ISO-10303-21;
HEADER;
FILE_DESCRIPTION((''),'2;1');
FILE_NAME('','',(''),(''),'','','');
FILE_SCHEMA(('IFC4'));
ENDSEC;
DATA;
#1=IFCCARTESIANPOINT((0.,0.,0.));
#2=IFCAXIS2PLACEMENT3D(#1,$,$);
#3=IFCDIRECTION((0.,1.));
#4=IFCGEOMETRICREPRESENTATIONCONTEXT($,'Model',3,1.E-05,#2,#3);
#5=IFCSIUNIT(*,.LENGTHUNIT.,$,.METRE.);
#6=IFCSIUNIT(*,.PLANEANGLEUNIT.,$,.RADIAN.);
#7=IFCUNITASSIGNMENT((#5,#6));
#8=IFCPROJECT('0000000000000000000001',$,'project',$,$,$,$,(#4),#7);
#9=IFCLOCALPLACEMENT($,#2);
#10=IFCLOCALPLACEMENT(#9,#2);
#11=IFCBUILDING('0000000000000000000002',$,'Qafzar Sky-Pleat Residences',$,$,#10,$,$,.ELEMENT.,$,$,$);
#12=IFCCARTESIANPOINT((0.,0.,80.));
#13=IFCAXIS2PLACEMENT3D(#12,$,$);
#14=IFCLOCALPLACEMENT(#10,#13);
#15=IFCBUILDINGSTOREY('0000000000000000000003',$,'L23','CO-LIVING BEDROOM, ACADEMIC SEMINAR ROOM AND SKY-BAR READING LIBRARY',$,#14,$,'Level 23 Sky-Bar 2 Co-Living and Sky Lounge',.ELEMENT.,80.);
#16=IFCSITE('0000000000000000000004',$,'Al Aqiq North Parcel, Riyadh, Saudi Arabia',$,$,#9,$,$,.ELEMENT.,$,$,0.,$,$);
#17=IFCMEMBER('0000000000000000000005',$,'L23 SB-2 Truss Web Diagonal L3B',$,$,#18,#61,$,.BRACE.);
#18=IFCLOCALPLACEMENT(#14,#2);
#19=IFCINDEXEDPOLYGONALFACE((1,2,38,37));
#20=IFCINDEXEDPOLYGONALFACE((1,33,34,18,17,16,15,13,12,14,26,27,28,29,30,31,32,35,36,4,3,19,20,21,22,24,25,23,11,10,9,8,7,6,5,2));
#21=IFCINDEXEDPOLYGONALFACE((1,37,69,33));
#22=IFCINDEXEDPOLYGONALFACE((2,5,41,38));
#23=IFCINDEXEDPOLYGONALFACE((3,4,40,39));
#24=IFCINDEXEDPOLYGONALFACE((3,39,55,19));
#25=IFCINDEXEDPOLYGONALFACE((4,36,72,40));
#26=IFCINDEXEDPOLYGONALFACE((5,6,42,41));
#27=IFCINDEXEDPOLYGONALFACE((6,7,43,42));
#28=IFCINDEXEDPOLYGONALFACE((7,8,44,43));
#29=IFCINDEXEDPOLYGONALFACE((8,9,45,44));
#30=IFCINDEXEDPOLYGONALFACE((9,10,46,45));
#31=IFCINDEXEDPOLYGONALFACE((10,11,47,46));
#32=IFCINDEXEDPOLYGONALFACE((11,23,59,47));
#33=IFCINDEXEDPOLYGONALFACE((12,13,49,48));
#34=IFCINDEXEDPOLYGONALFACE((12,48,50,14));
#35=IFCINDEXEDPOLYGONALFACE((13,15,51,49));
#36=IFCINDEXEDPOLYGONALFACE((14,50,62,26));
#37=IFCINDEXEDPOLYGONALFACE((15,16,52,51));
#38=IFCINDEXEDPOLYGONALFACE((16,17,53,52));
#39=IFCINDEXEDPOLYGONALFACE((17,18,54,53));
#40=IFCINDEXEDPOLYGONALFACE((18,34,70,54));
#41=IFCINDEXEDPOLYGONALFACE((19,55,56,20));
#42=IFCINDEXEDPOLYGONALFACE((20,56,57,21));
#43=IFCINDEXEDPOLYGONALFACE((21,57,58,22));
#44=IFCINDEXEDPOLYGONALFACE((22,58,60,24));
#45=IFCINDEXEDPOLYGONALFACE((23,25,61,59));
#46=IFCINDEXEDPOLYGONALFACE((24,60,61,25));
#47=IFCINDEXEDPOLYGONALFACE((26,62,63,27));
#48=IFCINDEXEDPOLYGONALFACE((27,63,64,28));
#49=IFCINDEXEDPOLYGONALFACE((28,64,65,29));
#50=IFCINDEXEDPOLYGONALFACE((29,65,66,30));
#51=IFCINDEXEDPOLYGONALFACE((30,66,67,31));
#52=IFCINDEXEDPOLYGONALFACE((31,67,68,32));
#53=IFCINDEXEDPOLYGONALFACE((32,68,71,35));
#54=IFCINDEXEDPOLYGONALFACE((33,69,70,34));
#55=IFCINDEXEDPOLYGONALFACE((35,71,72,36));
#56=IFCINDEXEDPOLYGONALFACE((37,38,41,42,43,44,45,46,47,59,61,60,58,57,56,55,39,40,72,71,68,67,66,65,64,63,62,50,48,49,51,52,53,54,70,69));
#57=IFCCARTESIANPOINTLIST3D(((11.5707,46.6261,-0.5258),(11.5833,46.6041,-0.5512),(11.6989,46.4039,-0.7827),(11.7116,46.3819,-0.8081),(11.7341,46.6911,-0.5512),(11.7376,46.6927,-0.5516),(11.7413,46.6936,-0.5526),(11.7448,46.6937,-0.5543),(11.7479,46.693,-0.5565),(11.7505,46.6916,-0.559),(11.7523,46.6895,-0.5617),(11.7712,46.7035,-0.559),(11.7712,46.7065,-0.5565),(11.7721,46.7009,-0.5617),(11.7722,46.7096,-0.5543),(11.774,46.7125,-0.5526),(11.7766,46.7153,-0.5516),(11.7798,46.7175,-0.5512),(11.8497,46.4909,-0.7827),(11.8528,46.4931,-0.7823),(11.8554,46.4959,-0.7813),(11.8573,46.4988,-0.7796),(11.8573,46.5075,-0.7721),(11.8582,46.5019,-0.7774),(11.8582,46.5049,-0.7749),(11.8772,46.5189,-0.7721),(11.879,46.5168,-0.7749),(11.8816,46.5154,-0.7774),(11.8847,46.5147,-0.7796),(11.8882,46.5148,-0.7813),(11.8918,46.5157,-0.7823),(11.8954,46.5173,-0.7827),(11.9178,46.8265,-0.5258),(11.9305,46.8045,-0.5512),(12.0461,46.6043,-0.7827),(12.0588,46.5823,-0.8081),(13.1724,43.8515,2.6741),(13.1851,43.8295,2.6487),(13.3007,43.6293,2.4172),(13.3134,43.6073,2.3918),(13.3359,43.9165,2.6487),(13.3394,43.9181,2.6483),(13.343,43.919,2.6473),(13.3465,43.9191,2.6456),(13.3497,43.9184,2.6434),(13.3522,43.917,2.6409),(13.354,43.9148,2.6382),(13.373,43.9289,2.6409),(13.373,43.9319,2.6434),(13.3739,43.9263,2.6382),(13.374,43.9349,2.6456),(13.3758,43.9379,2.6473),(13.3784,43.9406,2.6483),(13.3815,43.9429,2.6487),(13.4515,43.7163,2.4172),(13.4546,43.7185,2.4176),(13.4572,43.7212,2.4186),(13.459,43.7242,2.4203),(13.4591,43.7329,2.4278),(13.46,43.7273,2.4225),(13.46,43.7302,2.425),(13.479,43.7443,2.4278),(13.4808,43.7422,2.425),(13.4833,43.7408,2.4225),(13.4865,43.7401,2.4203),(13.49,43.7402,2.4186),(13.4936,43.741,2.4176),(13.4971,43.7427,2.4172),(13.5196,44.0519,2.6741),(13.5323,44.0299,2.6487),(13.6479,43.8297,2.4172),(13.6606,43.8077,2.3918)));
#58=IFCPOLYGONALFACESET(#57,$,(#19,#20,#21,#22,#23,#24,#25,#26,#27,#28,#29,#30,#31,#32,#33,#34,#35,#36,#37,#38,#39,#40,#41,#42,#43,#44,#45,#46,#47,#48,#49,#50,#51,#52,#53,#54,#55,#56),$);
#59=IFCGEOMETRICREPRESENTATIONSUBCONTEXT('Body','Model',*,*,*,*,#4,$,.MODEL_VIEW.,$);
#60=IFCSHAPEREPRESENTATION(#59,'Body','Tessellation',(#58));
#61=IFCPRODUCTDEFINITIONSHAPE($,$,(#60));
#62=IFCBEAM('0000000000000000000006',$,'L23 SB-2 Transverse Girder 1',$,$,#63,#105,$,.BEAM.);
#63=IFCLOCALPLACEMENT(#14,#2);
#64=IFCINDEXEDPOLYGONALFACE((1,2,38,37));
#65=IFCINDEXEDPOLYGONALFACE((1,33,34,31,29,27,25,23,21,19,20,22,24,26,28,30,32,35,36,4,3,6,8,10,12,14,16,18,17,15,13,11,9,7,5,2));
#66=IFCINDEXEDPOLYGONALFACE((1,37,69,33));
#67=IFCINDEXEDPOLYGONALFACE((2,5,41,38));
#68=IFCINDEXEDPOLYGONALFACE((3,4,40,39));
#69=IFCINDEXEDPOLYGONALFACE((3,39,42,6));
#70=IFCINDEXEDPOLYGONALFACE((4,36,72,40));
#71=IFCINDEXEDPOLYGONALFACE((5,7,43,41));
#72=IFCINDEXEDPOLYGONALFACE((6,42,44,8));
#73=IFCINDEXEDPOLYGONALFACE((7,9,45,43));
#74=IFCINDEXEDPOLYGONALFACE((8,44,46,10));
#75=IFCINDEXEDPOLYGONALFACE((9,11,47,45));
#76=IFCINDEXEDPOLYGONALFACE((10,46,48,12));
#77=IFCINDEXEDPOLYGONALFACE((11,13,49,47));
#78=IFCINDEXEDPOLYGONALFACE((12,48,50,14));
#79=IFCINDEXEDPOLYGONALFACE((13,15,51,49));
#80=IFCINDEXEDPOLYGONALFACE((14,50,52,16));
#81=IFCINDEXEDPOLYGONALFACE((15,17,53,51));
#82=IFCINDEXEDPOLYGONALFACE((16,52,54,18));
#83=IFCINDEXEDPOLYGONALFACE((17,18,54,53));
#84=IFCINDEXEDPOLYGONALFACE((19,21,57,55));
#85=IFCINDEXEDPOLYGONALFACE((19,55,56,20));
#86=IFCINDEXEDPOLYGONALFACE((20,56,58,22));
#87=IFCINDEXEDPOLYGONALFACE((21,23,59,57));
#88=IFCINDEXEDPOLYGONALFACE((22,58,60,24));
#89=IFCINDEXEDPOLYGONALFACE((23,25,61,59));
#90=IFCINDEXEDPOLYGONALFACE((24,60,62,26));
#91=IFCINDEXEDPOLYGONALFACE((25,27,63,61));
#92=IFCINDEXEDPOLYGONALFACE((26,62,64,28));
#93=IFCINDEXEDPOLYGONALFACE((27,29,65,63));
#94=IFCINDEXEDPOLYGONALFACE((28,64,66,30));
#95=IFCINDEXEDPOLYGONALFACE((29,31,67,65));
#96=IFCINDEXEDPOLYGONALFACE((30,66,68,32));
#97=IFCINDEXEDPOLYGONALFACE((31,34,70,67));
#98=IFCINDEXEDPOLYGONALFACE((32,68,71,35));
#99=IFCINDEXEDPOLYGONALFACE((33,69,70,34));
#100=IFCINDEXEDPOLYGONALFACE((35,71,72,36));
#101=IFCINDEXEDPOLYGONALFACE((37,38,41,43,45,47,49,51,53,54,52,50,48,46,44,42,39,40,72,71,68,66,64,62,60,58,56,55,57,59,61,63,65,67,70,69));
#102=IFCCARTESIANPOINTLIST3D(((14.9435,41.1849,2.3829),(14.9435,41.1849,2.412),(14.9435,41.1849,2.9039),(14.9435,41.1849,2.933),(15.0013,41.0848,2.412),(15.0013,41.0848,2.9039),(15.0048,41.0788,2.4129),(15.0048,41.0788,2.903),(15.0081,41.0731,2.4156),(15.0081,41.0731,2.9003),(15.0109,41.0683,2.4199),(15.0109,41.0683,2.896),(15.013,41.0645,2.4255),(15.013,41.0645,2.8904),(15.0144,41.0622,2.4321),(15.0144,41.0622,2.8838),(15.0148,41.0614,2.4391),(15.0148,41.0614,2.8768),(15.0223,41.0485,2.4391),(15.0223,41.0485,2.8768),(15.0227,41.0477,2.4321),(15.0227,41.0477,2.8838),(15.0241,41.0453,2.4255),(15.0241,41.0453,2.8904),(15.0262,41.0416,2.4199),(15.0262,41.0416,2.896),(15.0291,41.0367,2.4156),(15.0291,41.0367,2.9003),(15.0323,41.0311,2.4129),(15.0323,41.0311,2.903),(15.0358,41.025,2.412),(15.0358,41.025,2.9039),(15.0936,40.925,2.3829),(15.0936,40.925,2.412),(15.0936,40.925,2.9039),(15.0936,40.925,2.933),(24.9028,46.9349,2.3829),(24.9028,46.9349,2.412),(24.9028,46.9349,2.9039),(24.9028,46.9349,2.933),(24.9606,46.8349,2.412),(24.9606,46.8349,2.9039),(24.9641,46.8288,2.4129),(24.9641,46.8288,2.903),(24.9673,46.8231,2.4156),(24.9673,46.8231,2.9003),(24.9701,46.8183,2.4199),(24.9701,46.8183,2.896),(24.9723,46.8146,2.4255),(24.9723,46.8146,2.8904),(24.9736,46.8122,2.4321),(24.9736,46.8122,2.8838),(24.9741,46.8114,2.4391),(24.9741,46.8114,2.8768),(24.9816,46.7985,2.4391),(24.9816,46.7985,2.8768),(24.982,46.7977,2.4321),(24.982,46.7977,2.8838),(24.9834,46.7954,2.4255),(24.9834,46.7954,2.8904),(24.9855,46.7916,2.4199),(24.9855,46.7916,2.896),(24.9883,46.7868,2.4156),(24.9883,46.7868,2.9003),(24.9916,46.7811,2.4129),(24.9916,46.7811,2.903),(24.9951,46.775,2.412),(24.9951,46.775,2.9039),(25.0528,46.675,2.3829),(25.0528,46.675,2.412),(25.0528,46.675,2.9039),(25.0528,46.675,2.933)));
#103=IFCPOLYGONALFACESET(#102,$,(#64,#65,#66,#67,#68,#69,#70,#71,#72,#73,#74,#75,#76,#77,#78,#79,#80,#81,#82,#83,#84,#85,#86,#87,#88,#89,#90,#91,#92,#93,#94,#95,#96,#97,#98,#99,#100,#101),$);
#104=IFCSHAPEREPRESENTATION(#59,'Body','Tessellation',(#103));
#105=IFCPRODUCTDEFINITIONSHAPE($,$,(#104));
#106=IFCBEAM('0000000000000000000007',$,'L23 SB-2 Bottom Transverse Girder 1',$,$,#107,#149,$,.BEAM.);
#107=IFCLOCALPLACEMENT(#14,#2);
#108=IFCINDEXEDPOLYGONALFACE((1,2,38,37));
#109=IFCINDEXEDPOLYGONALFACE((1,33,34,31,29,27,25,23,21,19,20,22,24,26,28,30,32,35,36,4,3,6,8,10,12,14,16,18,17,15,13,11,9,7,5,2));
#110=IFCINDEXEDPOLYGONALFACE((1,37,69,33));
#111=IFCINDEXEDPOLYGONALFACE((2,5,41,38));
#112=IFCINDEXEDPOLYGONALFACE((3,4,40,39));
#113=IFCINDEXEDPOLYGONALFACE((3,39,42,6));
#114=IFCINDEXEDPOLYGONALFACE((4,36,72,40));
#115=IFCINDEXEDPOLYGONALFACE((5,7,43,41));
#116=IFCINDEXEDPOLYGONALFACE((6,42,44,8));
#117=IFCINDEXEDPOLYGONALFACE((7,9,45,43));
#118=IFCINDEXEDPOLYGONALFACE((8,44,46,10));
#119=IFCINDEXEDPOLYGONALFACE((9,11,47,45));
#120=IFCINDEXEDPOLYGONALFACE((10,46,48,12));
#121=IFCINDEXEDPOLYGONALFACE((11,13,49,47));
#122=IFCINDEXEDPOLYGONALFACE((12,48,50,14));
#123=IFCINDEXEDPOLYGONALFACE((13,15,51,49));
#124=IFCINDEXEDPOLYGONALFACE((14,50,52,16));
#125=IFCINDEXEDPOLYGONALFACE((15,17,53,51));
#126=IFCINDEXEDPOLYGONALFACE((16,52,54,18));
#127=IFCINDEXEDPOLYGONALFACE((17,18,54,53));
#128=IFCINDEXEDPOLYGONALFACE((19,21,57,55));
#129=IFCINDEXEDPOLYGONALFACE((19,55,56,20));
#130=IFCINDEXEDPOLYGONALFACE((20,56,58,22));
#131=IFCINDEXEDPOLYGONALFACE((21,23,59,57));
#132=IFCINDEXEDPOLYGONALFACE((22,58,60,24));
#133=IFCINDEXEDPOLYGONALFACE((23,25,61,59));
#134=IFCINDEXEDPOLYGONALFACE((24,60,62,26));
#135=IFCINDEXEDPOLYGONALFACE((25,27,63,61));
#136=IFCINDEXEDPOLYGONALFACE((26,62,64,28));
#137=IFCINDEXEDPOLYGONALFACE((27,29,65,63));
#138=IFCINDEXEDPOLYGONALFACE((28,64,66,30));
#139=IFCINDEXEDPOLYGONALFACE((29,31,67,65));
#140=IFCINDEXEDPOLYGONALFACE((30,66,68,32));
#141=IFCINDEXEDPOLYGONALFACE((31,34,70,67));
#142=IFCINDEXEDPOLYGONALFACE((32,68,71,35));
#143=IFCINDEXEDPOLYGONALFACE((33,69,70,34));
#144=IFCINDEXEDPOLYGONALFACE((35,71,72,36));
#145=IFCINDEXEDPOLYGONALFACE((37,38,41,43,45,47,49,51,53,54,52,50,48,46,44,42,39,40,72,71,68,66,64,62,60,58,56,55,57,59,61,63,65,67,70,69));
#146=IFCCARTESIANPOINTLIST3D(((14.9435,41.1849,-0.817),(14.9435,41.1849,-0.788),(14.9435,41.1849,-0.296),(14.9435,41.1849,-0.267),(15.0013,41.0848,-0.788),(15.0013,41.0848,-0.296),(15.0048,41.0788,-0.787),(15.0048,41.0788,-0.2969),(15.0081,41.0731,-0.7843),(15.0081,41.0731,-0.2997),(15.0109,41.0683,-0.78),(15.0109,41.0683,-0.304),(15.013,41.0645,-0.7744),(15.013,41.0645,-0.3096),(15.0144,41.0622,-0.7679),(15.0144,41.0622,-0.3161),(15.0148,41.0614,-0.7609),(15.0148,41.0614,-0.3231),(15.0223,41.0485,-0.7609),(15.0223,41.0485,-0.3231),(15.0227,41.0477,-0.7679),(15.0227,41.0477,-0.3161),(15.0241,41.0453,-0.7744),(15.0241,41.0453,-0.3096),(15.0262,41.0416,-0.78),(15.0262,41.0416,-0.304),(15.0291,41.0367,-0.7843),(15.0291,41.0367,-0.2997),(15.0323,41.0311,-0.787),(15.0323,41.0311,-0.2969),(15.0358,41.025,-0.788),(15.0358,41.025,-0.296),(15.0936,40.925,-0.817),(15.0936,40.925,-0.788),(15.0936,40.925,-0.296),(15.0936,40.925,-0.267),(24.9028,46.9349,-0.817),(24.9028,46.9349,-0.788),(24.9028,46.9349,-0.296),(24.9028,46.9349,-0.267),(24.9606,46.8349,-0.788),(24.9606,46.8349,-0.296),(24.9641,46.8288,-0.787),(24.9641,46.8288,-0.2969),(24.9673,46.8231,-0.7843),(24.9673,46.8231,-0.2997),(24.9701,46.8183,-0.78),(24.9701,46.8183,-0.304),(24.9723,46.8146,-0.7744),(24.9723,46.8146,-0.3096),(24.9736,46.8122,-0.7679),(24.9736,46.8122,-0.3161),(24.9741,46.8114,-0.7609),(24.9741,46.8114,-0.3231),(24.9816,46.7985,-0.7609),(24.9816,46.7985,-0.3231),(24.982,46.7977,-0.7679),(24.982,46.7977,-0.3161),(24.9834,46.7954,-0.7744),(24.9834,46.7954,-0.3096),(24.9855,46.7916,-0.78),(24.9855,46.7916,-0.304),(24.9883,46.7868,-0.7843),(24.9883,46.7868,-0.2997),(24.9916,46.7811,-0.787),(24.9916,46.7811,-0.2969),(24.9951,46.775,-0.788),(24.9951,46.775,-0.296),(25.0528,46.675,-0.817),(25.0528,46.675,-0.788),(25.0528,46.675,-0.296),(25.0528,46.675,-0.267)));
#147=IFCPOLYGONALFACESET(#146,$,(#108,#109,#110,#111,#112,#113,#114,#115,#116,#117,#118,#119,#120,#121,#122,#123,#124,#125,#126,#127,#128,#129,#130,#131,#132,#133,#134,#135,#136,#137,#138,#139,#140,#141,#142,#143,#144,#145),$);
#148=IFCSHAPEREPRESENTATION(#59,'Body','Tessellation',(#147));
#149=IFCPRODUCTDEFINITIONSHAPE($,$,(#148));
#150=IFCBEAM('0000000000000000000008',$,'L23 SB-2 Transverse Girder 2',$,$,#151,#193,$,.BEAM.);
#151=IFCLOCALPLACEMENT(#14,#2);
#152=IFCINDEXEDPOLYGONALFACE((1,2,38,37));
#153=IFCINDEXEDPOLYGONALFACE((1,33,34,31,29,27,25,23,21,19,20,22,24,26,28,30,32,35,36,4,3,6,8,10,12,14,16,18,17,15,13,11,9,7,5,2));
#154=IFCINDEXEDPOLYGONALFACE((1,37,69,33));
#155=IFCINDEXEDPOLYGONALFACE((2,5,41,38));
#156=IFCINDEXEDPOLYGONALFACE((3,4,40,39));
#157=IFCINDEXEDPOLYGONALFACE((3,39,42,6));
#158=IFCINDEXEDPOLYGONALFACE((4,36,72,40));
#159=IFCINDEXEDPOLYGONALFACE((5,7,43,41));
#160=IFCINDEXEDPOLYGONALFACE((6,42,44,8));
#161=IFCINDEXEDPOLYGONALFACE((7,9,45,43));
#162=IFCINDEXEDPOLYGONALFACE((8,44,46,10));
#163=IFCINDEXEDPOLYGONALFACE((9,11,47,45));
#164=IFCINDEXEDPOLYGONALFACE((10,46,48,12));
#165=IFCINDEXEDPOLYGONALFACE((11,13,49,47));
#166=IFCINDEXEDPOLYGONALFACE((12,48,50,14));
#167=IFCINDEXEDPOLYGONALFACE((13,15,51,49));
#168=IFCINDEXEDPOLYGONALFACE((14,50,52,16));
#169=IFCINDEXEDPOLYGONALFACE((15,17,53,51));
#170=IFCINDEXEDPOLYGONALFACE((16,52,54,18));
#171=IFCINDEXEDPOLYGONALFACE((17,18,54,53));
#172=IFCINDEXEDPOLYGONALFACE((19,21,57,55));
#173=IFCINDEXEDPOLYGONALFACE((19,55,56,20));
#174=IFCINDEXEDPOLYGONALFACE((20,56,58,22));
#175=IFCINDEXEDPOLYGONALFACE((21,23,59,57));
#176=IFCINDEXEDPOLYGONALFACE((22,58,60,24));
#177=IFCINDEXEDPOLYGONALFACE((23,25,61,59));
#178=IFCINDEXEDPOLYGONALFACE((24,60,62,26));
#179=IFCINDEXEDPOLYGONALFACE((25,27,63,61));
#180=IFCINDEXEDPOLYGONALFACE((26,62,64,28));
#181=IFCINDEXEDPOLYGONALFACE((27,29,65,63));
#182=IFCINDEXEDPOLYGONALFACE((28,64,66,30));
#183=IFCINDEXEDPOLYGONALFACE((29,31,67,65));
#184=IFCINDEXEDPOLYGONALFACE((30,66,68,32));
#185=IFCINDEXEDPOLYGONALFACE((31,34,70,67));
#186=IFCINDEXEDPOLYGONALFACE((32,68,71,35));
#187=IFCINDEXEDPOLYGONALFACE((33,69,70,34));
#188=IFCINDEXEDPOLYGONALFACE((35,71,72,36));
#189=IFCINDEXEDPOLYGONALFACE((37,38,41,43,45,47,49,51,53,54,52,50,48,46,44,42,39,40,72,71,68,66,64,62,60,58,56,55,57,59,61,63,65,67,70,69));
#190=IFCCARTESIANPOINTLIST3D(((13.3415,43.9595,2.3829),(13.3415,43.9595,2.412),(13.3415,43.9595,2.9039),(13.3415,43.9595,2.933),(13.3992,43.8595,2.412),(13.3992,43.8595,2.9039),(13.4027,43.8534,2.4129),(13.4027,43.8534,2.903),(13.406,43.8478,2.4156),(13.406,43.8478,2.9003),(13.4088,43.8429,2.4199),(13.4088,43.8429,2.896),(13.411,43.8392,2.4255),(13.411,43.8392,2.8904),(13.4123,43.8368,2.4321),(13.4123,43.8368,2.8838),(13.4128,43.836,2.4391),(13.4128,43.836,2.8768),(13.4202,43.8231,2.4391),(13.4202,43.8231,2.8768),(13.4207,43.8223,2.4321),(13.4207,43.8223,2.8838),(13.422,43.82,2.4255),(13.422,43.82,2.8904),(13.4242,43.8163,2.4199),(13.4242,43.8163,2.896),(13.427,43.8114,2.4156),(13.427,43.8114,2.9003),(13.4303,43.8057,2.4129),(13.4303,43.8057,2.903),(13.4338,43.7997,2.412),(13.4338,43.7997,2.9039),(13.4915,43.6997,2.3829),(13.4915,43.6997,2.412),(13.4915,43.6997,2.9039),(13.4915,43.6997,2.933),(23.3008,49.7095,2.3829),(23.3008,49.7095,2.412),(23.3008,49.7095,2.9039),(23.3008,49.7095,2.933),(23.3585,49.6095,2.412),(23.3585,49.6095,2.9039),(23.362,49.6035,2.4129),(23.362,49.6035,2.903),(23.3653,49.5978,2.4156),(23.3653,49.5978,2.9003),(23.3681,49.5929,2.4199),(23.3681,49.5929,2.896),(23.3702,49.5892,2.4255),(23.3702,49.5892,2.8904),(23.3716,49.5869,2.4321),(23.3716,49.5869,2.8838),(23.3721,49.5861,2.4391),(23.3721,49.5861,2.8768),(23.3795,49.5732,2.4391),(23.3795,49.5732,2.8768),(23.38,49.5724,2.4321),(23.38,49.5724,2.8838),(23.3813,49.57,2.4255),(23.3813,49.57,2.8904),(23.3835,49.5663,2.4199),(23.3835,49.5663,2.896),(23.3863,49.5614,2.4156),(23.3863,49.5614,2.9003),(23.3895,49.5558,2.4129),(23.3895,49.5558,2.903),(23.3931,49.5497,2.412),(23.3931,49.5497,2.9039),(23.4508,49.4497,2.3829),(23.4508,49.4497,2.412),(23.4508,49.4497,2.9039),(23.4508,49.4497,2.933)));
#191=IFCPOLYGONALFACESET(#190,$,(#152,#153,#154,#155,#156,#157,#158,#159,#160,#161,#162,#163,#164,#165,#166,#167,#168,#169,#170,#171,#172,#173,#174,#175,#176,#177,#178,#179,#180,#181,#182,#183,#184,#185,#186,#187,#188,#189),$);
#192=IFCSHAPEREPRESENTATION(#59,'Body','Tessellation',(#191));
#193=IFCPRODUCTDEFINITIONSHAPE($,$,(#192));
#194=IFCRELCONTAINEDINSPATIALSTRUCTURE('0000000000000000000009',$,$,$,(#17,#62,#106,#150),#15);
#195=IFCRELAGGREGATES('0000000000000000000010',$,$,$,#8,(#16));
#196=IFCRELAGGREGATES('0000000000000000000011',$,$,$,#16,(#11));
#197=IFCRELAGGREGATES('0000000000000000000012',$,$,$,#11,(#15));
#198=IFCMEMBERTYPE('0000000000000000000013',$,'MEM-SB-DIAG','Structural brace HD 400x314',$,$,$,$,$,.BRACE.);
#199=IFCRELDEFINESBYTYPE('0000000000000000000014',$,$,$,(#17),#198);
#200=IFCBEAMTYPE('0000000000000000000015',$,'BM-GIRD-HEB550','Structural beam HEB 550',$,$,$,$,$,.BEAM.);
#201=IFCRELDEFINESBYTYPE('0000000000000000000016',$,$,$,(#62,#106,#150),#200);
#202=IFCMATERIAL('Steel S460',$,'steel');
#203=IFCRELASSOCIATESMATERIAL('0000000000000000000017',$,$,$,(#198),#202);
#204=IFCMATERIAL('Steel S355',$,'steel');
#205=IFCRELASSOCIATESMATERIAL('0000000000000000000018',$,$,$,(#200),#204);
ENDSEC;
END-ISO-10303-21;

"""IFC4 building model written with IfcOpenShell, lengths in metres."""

from ifc_helpers import new_model, si_unit, direction, frame, origin, origin_2d, place, context, subcontext, project, spatial, i_section, extrude, source, transform, mapped, material, material_profile, profile_set, type_object, element, save


model = new_model("IFC4")

# Units and contexts
model_context = context("Model", 3, precision=1e-05, world=origin(), true_north=direction((0.0, 1.0)))
body_context = subcontext(model_context, "Body", "Model", "MODEL_VIEW")
ifc_project = project(units=[si_unit("LENGTHUNIT", "METRE"), si_unit("PLANEANGLEUNIT", "RADIAN")], contexts=[model_context])

# Site, building, storey
site_placement = place(None, origin())
site = spatial("IfcSite", under=ifc_project, at=site_placement, Name="Al Aqiq North Parcel, Riyadh, Saudi Arabia", CompositionType="ELEMENT", RefElevation=0.0)
building_placement = place(site_placement, origin())
building = spatial("IfcBuilding", under=site, at=building_placement, Name="Qafzar Sky-Pleat Residences", CompositionType="ELEMENT")
storey_placement = place(building_placement, frame((0.0, 0.0, 80.0)))
storey = spatial("IfcBuildingStorey", under=building, at=storey_placement, Name="L23", Description="CO-LIVING BEDROOM, ACADEMIC SEMINAR ROOM AND SKY-BAR READING LIBRARY", LongName="Level 23 Sky-Bar 2 Co-Living and Sky Lounge", CompositionType="ELEMENT", Elevation=80.0)

# Shared definitions
ifc_material_1 = material(Name="Steel S355", Category="steel")
ifc_material_2 = material(Name="Steel S460", Category="steel")

# Member
ifc_material_profile_1 = material_profile(ifc_material_2, i_section(OverallWidth=0.4009, OverallDepth=0.3989, WebThickness=0.0229, FlangeThickness=0.0359, FilletRadius=0.0149, at=origin_2d()), Name="HD 400x314")
ifc_profile_set_1 = profile_set([ifc_material_profile_1], Name="Steel S460")
member_type = type_object("IfcMemberType", Name="MEM-SB-DIAG", Description="Structural brace HD 400x314", PredefinedType="BRACE", material=ifc_profile_set_1)
shared_shape_1 = source(origin(), body_context, "Body", "SweptSolid", [
    extrude(i_section(OverallWidth=0.4009, OverallDepth=0.3989, WebThickness=0.0229, FlangeThickness=0.0359, FilletRadius=0.0149, at=origin_2d()), origin(), (0.0, 0.0, 1.0), 4.5281),
])
for number, where, z_axis, x_axis, name in (
    (1, (13.4165, 43.8296, 2.533), (-0.353744, 0.612757, -0.706679), (-0.866045, -0.499967, 0.0), "L23 SB-2 Truss Web Diagonal L3B"),
):
    element("IfcMember", number, at=place(storey_placement, frame(where, z_axis=z_axis, x_axis=x_axis)), inside=storey, type_object=member_type, Name=name, PredefinedType="BRACE", context=body_context, shape_type="MappedRepresentation", body=[
        mapped(shared_shape_1, transform((0.0, 0.0, 0.0), x_axis=(1.0, 0.0, 0.0), y_axis=(0.0, 1.0, 0.0), z_axis=(0.0, 0.0, 1.0), scale=1.0)),
    ])

# Beams
ifc_material_profile_2 = material_profile(ifc_material_1, i_section(OverallWidth=0.3, OverallDepth=0.55, WebThickness=0.0149, FlangeThickness=0.0291, FilletRadius=0.0271, at=origin_2d()), Name="HEB 550")
ifc_profile_set_2 = profile_set([ifc_material_profile_2], Name="Steel S355")
beam_type_1 = type_object("IfcBeamType", Name="BM-GIRD-HEB550", Description="Structural beam HEB 550", PredefinedType="BEAM", material=ifc_profile_set_2)
shared_shape_2 = source(origin(), body_context, "Body", "SweptSolid", [
    extrude(i_section(OverallWidth=0.3, OverallDepth=0.55, WebThickness=0.0149, FlangeThickness=0.0291, FilletRadius=0.0271, at=origin_2d()), origin(), (0.0, 0.0, 1.0), 11.5),
])
for number, where, z_axis, x_axis, name in (
    (2, (15.0186, 41.0549, 2.658), (0.866024, 0.500002, 0.0), (-0.500002, 0.866024, 0.0), "L23 SB-2 Transverse Girder 1"),
    (3, (15.0186, 41.0549, -0.542), (0.866024, 0.500002, 0.0), (-0.500002, 0.866024, 0.0), "L23 SB-2 Bottom Transverse Girder 1"),
    (4, (13.4165, 43.8296, 2.658), (0.866024, 0.500002, 0.0), (-0.500002, 0.866024, 0.0), "L23 SB-2 Transverse Girder 2"),
):
    element("IfcBeam", number, at=place(storey_placement, frame(where, z_axis=z_axis, x_axis=x_axis)), inside=storey, type_object=beam_type_1, Name=name, PredefinedType="BEAM", context=body_context, shape_type="MappedRepresentation", body=[
        mapped(shared_shape_2, transform((0.0, 0.0, 0.0), x_axis=(1.0, 0.0, 0.0), y_axis=(0.0, 1.0, 0.0), z_axis=(0.0, 0.0, 1.0), scale=1.0)),
    ])

save(model, "model.ifc")
